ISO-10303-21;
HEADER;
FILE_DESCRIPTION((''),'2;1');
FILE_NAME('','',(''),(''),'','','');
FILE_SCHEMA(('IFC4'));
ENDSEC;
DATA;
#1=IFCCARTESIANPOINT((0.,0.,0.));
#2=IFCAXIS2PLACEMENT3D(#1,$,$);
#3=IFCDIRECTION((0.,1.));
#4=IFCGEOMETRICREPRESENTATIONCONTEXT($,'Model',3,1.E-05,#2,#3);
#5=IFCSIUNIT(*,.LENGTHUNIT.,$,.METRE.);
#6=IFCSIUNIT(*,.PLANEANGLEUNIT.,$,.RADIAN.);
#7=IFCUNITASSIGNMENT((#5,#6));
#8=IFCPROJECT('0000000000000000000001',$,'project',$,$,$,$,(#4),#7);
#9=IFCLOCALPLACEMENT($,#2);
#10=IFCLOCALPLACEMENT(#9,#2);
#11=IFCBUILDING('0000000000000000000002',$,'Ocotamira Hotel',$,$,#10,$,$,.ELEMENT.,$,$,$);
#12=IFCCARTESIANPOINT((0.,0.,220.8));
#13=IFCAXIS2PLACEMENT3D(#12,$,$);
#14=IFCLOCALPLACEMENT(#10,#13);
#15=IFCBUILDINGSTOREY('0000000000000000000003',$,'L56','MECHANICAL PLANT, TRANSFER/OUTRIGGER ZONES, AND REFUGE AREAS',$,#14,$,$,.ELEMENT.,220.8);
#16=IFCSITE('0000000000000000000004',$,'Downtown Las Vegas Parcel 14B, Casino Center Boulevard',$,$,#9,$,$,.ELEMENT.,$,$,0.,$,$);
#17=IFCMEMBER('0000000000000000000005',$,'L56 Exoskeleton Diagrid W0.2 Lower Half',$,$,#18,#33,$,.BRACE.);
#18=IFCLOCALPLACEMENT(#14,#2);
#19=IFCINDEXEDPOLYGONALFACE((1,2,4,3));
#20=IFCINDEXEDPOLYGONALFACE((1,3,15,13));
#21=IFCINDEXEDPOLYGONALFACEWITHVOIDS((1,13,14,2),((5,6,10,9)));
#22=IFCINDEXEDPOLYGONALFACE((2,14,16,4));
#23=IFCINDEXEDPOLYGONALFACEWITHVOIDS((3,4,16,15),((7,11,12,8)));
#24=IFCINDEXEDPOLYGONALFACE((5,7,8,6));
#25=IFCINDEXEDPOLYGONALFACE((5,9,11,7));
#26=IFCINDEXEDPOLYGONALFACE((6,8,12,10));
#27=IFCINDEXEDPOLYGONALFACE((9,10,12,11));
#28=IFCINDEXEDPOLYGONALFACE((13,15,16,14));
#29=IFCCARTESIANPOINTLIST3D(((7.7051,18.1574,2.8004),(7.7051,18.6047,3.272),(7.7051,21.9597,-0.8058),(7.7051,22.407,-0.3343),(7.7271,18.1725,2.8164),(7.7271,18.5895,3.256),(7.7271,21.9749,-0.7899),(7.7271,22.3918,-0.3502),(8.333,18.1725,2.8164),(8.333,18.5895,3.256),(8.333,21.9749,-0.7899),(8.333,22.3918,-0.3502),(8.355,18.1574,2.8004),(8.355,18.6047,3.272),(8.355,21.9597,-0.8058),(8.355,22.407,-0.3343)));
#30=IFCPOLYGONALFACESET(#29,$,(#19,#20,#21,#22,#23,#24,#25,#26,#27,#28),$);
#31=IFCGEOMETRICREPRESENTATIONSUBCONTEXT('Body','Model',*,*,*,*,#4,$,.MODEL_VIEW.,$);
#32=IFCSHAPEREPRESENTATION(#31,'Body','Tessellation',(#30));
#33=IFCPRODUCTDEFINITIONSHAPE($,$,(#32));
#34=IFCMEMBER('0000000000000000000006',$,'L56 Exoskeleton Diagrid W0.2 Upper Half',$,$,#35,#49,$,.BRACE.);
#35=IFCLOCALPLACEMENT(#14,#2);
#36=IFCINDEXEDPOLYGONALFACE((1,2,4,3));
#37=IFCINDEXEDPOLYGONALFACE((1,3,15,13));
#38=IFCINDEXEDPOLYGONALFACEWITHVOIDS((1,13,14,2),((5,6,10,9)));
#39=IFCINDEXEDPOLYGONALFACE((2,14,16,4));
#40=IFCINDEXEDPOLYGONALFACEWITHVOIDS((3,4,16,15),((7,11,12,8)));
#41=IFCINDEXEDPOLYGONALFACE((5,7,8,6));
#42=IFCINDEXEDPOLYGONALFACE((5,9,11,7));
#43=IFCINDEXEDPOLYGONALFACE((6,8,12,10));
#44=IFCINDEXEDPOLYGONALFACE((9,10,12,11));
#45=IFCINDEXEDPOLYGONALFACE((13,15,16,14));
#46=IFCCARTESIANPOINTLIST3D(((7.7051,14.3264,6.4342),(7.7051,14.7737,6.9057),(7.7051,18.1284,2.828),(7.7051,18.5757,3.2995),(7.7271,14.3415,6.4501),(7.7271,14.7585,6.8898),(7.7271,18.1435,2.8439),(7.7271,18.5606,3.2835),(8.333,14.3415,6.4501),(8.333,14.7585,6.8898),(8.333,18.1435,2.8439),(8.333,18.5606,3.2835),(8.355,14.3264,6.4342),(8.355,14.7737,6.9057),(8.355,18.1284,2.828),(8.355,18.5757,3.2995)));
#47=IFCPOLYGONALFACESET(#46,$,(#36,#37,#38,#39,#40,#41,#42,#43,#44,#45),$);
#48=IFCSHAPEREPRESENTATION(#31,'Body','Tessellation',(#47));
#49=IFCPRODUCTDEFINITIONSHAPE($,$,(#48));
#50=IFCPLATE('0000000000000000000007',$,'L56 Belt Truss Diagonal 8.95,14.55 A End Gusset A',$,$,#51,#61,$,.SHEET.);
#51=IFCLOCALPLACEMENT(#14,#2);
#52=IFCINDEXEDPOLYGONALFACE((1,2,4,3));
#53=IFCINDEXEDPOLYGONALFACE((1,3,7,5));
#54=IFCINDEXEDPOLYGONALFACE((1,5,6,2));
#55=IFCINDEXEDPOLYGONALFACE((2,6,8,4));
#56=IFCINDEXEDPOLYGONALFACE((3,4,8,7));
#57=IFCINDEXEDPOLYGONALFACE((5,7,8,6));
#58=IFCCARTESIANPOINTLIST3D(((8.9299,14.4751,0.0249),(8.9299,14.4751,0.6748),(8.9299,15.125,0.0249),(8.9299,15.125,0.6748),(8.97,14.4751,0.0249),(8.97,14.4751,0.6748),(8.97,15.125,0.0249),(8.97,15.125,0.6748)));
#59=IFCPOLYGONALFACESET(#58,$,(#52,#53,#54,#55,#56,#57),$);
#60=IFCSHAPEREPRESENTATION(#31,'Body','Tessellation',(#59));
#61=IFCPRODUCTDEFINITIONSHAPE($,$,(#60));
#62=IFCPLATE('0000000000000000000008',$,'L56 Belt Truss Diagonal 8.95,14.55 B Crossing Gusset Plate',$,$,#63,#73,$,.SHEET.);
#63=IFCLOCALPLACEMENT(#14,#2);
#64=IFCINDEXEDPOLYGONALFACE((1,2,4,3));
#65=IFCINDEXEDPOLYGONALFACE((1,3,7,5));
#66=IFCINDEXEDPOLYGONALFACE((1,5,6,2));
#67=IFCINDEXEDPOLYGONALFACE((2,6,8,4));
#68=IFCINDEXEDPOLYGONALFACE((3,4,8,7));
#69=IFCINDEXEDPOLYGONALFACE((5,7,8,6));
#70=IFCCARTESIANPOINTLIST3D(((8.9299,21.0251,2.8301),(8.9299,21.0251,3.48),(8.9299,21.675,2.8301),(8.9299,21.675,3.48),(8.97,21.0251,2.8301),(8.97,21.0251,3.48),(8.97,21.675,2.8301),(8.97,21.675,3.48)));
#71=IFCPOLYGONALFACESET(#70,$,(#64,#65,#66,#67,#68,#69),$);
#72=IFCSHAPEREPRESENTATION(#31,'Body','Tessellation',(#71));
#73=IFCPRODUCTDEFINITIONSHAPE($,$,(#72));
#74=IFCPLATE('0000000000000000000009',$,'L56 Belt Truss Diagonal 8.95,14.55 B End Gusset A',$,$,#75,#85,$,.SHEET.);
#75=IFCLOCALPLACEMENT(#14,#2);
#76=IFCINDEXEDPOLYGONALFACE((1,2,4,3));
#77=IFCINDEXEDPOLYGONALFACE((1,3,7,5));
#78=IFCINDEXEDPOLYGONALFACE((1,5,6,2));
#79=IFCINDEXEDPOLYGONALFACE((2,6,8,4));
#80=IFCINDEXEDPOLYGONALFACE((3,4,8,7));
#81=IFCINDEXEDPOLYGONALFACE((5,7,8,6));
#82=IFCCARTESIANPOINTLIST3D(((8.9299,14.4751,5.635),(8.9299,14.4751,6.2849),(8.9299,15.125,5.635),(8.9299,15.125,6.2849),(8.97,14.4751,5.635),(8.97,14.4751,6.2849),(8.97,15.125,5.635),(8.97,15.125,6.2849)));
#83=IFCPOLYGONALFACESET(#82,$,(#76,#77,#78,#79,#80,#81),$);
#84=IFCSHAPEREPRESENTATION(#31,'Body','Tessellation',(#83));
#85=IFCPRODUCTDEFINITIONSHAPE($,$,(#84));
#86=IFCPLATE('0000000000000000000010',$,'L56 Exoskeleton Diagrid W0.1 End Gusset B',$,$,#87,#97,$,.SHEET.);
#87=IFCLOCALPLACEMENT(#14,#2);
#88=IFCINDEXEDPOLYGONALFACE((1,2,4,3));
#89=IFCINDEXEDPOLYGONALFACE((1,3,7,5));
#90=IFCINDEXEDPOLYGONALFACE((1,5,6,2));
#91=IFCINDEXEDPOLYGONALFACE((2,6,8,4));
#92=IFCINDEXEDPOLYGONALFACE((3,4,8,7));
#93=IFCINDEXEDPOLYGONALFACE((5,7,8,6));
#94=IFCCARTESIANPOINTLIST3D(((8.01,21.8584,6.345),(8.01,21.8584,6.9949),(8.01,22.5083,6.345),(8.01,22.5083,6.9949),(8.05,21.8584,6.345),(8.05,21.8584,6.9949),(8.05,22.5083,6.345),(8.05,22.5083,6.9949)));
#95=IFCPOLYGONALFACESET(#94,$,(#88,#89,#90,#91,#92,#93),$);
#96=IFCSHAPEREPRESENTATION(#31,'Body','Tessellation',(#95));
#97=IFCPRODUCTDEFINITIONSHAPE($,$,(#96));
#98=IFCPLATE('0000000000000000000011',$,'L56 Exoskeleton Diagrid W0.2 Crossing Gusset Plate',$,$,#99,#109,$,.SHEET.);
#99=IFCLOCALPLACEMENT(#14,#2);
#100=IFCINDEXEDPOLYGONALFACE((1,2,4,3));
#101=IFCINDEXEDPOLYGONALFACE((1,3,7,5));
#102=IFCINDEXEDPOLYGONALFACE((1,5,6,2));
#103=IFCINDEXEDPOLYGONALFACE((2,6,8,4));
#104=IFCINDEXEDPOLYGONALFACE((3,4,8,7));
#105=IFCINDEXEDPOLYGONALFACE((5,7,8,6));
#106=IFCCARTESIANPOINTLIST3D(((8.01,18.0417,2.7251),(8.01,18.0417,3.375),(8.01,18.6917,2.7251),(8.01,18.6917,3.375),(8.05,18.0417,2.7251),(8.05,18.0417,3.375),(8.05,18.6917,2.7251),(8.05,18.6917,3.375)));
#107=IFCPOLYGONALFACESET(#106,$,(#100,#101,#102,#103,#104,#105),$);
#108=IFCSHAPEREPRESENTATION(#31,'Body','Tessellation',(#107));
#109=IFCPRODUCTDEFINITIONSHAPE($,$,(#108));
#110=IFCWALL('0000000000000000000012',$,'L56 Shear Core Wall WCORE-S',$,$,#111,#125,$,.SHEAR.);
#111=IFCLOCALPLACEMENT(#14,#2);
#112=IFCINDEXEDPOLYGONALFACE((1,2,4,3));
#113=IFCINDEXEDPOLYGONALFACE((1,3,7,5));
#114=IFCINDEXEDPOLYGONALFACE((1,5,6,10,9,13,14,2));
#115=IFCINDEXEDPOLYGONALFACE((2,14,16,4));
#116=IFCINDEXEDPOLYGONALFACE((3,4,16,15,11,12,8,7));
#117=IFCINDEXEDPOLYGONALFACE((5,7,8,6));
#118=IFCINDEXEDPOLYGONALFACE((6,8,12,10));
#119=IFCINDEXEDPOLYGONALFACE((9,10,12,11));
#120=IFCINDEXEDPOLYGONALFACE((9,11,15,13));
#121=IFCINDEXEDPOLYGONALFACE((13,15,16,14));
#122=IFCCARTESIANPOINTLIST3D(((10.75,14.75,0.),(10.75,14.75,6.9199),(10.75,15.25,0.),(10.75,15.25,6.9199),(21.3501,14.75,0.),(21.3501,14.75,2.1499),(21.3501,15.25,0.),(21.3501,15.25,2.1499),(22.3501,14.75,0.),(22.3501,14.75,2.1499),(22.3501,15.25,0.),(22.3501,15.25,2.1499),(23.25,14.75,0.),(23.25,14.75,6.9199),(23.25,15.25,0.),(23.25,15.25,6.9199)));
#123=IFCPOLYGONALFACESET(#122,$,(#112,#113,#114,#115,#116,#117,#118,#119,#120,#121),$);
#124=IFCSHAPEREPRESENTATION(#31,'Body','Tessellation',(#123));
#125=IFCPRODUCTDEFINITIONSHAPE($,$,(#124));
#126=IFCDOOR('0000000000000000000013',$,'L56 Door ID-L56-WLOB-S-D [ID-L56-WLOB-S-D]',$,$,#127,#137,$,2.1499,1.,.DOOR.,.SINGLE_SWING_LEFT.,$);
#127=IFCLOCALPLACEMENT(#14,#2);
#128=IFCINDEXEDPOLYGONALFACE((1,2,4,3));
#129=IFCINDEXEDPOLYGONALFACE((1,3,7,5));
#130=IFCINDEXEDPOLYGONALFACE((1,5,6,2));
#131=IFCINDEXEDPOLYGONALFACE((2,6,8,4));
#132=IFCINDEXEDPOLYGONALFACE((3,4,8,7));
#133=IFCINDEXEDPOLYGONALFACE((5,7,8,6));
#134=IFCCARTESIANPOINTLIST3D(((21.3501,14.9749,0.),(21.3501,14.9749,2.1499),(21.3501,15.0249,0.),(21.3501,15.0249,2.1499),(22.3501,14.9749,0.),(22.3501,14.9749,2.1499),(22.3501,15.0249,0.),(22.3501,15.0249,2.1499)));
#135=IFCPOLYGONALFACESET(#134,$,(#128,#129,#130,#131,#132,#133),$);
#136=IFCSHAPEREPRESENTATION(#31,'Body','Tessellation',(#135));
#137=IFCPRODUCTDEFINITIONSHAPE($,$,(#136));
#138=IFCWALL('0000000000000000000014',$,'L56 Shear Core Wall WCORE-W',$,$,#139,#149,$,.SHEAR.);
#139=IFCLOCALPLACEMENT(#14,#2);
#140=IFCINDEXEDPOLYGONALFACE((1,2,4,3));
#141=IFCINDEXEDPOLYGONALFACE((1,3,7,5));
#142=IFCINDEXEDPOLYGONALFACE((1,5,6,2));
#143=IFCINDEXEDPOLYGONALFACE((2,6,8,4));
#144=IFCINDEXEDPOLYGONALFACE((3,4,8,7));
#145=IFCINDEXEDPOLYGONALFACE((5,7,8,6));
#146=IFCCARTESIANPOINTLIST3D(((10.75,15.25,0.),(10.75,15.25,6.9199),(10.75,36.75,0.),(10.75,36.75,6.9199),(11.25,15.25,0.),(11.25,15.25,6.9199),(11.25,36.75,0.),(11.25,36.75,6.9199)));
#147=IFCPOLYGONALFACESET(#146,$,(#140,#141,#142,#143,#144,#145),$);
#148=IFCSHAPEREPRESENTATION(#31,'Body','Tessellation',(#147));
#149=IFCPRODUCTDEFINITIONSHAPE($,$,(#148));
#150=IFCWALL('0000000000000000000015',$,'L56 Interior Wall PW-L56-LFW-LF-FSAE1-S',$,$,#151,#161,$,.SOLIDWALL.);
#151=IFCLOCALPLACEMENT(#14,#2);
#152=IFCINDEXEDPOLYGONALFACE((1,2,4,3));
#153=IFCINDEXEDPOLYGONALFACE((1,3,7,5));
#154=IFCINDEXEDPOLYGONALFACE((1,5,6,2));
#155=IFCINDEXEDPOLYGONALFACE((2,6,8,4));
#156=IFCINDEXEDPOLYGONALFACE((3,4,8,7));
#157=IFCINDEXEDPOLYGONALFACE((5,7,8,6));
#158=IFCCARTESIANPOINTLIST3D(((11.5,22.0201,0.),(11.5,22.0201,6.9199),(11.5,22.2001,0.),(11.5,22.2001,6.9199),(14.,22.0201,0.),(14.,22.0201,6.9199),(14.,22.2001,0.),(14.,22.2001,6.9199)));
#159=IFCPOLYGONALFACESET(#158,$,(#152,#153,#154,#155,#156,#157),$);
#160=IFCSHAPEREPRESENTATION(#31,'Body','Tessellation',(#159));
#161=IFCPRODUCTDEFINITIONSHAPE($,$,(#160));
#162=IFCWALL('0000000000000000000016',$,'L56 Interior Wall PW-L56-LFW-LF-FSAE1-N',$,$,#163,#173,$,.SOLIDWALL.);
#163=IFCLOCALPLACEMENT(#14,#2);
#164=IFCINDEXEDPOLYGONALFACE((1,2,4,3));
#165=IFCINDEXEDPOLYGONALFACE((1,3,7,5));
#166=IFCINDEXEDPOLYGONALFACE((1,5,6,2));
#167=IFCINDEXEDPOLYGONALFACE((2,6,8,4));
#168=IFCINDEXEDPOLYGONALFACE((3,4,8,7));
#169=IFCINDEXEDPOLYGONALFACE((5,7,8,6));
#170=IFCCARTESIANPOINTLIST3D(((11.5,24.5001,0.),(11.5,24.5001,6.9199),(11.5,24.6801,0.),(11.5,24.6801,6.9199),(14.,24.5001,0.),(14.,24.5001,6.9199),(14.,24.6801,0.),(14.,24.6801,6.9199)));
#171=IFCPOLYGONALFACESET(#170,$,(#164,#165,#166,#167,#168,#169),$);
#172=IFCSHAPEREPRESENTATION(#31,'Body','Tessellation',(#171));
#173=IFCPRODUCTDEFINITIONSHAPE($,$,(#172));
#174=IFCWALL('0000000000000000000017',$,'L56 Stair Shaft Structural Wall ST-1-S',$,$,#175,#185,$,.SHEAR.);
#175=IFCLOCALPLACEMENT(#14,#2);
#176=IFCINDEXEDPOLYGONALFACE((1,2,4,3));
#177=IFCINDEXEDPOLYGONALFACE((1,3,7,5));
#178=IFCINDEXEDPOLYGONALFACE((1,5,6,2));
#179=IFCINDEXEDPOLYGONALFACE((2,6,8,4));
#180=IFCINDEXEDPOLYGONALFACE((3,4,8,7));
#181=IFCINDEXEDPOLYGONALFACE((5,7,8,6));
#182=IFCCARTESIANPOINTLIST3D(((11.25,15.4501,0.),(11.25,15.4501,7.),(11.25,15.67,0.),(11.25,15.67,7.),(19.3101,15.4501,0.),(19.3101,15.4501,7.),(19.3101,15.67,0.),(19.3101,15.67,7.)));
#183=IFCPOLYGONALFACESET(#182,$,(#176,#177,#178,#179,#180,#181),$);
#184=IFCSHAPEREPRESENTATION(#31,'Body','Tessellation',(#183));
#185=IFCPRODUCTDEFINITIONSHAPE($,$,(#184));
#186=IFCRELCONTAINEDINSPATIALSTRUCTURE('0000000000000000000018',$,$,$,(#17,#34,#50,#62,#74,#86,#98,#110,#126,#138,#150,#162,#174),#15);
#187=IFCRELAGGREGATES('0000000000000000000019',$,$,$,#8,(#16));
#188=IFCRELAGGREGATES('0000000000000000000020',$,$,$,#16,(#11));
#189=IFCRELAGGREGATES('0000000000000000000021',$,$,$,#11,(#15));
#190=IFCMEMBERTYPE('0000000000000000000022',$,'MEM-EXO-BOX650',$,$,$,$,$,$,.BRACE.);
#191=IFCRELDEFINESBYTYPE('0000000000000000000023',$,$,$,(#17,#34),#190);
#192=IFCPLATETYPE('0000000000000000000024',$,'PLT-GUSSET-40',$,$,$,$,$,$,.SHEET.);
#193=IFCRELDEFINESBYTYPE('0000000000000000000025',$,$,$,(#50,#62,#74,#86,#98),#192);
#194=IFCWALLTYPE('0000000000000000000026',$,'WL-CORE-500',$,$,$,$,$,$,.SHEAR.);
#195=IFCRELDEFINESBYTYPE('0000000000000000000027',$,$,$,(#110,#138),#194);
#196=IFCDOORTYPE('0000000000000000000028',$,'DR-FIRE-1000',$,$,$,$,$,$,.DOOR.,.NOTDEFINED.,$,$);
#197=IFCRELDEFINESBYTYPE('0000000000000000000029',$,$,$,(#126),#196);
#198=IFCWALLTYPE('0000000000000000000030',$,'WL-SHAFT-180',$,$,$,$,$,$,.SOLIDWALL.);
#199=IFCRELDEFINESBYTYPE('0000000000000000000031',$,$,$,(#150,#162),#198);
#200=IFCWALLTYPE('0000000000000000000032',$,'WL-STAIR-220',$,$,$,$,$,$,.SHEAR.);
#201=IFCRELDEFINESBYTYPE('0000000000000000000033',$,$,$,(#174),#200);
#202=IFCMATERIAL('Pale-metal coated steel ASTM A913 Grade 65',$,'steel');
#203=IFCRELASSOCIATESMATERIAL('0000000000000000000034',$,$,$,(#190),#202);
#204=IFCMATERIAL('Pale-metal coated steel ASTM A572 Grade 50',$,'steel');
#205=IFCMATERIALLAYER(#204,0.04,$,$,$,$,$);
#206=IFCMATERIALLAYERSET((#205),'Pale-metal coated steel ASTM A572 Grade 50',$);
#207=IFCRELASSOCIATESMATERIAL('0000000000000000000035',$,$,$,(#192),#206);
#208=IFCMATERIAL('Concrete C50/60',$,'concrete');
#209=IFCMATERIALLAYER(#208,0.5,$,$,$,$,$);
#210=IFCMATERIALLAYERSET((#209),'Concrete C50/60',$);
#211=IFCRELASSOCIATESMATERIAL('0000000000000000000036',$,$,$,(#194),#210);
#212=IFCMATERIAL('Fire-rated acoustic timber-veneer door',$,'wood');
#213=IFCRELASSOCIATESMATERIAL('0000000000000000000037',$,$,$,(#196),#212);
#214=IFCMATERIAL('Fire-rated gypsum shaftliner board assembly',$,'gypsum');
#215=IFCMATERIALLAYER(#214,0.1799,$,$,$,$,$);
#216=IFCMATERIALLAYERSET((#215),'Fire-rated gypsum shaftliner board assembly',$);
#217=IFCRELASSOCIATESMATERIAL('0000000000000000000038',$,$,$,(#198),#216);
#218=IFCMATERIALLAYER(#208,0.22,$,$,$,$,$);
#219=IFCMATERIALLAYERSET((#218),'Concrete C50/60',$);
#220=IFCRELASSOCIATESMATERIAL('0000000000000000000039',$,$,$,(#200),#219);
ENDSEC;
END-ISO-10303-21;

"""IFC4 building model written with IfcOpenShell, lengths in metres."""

from ifc_helpers import new_model, si_unit, direction, frame, frame_2d, origin, origin_2d, place, context, subcontext, project, spatial, rectangle, hollow_rectangle, extrude, source, transform, mapped, material, layer, layer_set, material_profile, profile_set, type_object, element, fill, save


model = new_model("IFC4")

# Units and contexts
model_context = context("Model", 3, precision=1e-05, world=origin(), true_north=direction((0.0, 1.0)))
body_context = subcontext(model_context, "Body", "Model", "MODEL_VIEW")
ifc_project = project(units=[si_unit("LENGTHUNIT", "METRE"), si_unit("PLANEANGLEUNIT", "RADIAN")], contexts=[model_context])

# Site, building, storey
site_placement = place(None, origin())
site = spatial("IfcSite", under=ifc_project, at=site_placement, Name="Downtown Las Vegas Parcel 14B, Casino Center Boulevard", CompositionType="ELEMENT", RefElevation=0.0)
building_placement = place(site_placement, origin())
building = spatial("IfcBuilding", under=site, at=building_placement, Name="Ocotamira Hotel", CompositionType="ELEMENT")
storey_placement = place(building_placement, frame((0.0, 0.0, 220.8)))
storey = spatial("IfcBuildingStorey", under=building, at=storey_placement, Name="L56", Description="MECHANICAL PLANT, TRANSFER/OUTRIGGER ZONES, AND REFUGE AREAS", CompositionType="ELEMENT", Elevation=220.8)

# Shared definitions
ifc_material_1 = material(Name="Concrete C50/60", Category="concrete")

# Members
ifc_material_2 = material(Name="Pale-metal coated steel ASTM A913 Grade 65", Category="steel")
ifc_material_profile_1 = material_profile(ifc_material_2, hollow_rectangle(XDim=0.6499, YDim=0.6499, WallThickness=0.022, at=origin_2d()), Name="BOX650X650X22")
ifc_profile_set_1 = profile_set([ifc_material_profile_1], Name="Pale-metal coated steel ASTM A913 Grade 65")
member_type_1 = type_object("IfcMemberType", Name="MEM-EXO-BOX650", PredefinedType="BRACE", material=ifc_profile_set_1)
shared_shape_1 = source(origin(), body_context, "Body", "SweptSolid", [
    extrude(hollow_rectangle(XDim=0.6499, YDim=0.6499, WallThickness=0.022, at=origin_2d()), origin(), (0.0, 0.0, 1.0), 5.2405),
])
member_1_placement = place(storey_placement, frame((8.03, 22.1833, -0.5701), z_axis=(0.0, -0.725564, 0.688154), x_axis=(1.0, 0.0, 0.0)))
element("IfcMember", 1, at=member_1_placement, inside=storey, type_object=member_type_1, Name="L56 Exoskeleton Diagrid W0.2 Lower Half", PredefinedType="BRACE", context=body_context, shape_type="MappedRepresentation", body=[
    mapped(shared_shape_1, transform((0.0, 0.0, 0.0), scale=1.0)),
])
shared_shape_2 = source(origin(), body_context, "Body", "SweptSolid", [
    extrude(hollow_rectangle(XDim=0.6499, YDim=0.6499, WallThickness=0.022, at=origin_2d()), origin(), (0.0, 0.0, 1.0), 5.2402),
])
member_2_placement = place(storey_placement, frame((8.03, 18.3521, 3.0637), z_axis=(0.0, -0.725542, 0.688177), x_axis=(1.0, 0.0, 0.0)))
element("IfcMember", 2, at=member_2_placement, inside=storey, type_object=member_type_1, Name="L56 Exoskeleton Diagrid W0.2 Upper Half", PredefinedType="BRACE", context=body_context, shape_type="MappedRepresentation", body=[
    mapped(shared_shape_2, transform((0.0, 0.0, 0.0), scale=1.0)),
])

# Plates
ifc_material_3 = material(Name="Pale-metal coated steel ASTM A572 Grade 50", Category="steel")
ifc_layer_1 = layer(ifc_material_3, 0.04)
ifc_layer_set_1 = layer_set([ifc_layer_1], Name="Pale-metal coated steel ASTM A572 Grade 50")
plate_type = type_object("IfcPlateType", Name="PLT-GUSSET-40", PredefinedType="SHEET", material=ifc_layer_set_1)
shared_shape_3 = source(origin(), body_context, "Body", "SweptSolid", [
    extrude(rectangle(XDim=0.04, YDim=0.6499, at=origin_2d()), origin(), (0.0, 0.0, 1.0), 0.6499),
])
for number, where, z_axis, x_axis, name in (
    (3, (8.95, 14.8, 0.0249), (0.0, 0.0, 1.0), (1.0, 0.0, 0.0), "L56 Belt Truss Diagonal 8.95,14.55 A End Gusset A"),
    (4, (8.95, 21.3501, 2.8301), (0.0, 0.0, 1.0), (1.0, 0.0, 0.0), "L56 Belt Truss Diagonal 8.95,14.55 B Crossing Gusset Plate"),
    (5, (8.95, 14.8, 5.635), (0.0, 0.0, 1.0), (1.0, 0.0, 0.0), "L56 Belt Truss Diagonal 8.95,14.55 B End Gusset A"),
    (6, (8.03, 22.1833, 6.345), (0.0, 0.0, 1.0), (1.0, 0.0, 0.0), "L56 Exoskeleton Diagrid W0.1 End Gusset B"),
    (7, (8.03, 18.3667, 2.7251), (0.0, 0.0, 1.0), (1.0, 0.0, 0.0), "L56 Exoskeleton Diagrid W0.2 Crossing Gusset Plate"),
):
    element("IfcPlate", number, at=place(storey_placement, frame(where, z_axis=z_axis, x_axis=x_axis)), inside=storey, type_object=plate_type, Name=name, PredefinedType="SHEET", context=body_context, shape_type="MappedRepresentation", body=[
        mapped(shared_shape_3, transform((0.0, 0.0, 0.0), scale=1.0)),
    ])

# Wall, opening, door
ifc_layer_2 = layer(ifc_material_1, 0.5)
ifc_layer_set_2 = layer_set([ifc_layer_2], Name="Concrete C50/60")
wall_type_1 = type_object("IfcWallType", Name="WL-CORE-500", PredefinedType="SHEAR", material=ifc_layer_set_2)
wall_1_placement = place(storey_placement, frame((10.75, 15.0, 0.0), z_axis=(0.0, 0.0, 1.0), x_axis=(1.0, 0.0, 0.0)))
wall_1 = element("IfcWall", 8, at=wall_1_placement, inside=storey, type_object=wall_type_1, Name="L56 Shear Core Wall WCORE-S", PredefinedType="SHEAR", context=body_context, shape_type="SweptSolid", body=[
    extrude(rectangle(XDim=12.5, YDim=0.5, at=frame_2d((6.25, 0.0))), origin(), (0.0, 0.0, 1.0), 6.9199),
])
opening_1_placement = place(wall_1_placement, frame((10.6001, 0.0, 0.0)))
opening_1 = element("IfcOpeningElement", 9, at=opening_1_placement, cuts=wall_1, PredefinedType="OPENING", context=body_context, shape_type="SweptSolid", body=[
    extrude(rectangle(XDim=1.0, YDim=2.1499, at=frame_2d((0.5, 1.075))), frame((0.0, 0.26, 0.0), z_axis=(0.0, -1.0, 0.0), x_axis=(1.0, 0.0, 0.0)), (0.0, 0.0, 1.0), 0.52),
])
ifc_material_4 = material(Name="Fire-rated acoustic timber-veneer door", Category="wood")
door_type_1 = type_object("IfcDoorType", Name="DR-FIRE-1000", OperationType="NOTDEFINED", PredefinedType="DOOR", material=ifc_material_4)
shared_shape_4 = source(origin(), body_context, "Body", "SweptSolid", [
    extrude(rectangle(XDim=1.0, YDim=2.1499, at=frame_2d((0.5, 1.075))), frame((0.0, 0.0249, 0.0), z_axis=(0.0, -1.0, 0.0), x_axis=(1.0, 0.0, 0.0)), (0.0, 0.0, 1.0), 0.05),
])
door_1_placement = place(opening_1_placement, origin())
door_1 = element("IfcDoor", 10, at=door_1_placement, inside=storey, type_object=door_type_1, Name="L56 Door ID-L56-WLOB-S-D [ID-L56-WLOB-S-D]", OperationType="SINGLE_SWING_LEFT", OverallHeight=2.1499, OverallWidth=1.0, PredefinedType="DOOR", context=body_context, shape_type="MappedRepresentation", body=[
    mapped(shared_shape_4, transform((0.0, 0.0, 0.0), scale=1.0)),
])
fill(opening_1, door_1)

# Walls
wall_2_placement = place(storey_placement, frame((11.0, 15.25, 0.0), z_axis=(0.0, 0.0, 1.0), x_axis=(0.0, 1.0, 0.0)))
element("IfcWall", 11, at=wall_2_placement, inside=storey, type_object=wall_type_1, Name="L56 Shear Core Wall WCORE-W", PredefinedType="SHEAR", context=body_context, shape_type="SweptSolid", body=[
    extrude(rectangle(XDim=21.5, YDim=0.5, at=frame_2d((10.75, 0.0))), origin(), (0.0, 0.0, 1.0), 6.9199),
])
ifc_material_5 = material(Name="Fire-rated gypsum shaftliner board assembly", Category="gypsum")
ifc_layer_3 = layer(ifc_material_5, 0.1799)
ifc_layer_set_3 = layer_set([ifc_layer_3], Name="Fire-rated gypsum shaftliner board assembly")
wall_type_2 = type_object("IfcWallType", Name="WL-SHAFT-180", PredefinedType="SOLIDWALL", material=ifc_layer_set_3)
for number, where, z_axis, x_axis, name in (
    (12, (11.5, 22.1101, 0.0), (0.0, 0.0, 1.0), (1.0, 0.0, 0.0), "L56 Interior Wall PW-L56-LFW-LF-FSAE1-S"),
    (13, (11.5, 24.5901, 0.0), (0.0, 0.0, 1.0), (1.0, 0.0, 0.0), "L56 Interior Wall PW-L56-LFW-LF-FSAE1-N"),
):
    element("IfcWall", number, at=place(storey_placement, frame(where, z_axis=z_axis, x_axis=x_axis)), inside=storey, type_object=wall_type_2, Name=name, PredefinedType="SOLIDWALL", context=body_context, shape_type="SweptSolid", body=[
        extrude(rectangle(XDim=2.5, YDim=0.1799, at=frame_2d((1.25, 0.0))), origin(), (0.0, 0.0, 1.0), 6.9199),
    ])
ifc_layer_4 = layer(ifc_material_1, 0.22)
ifc_layer_set_4 = layer_set([ifc_layer_4], Name="Concrete C50/60")
wall_type_3 = type_object("IfcWallType", Name="WL-STAIR-220", PredefinedType="SHEAR", material=ifc_layer_set_4)
wall_3_placement = place(storey_placement, frame((11.25, 15.5601, 0.0), z_axis=(0.0, 0.0, 1.0), x_axis=(1.0, 0.0, 0.0)))
element("IfcWall", 14, at=wall_3_placement, inside=storey, type_object=wall_type_3, Name="L56 Stair Shaft Structural Wall ST-1-S", PredefinedType="SHEAR", context=body_context, shape_type="SweptSolid", body=[
    extrude(rectangle(XDim=8.0601, YDim=0.22, at=frame_2d((4.03, 0.0))), origin(), (0.0, 0.0, 1.0), 7.0),
])

save(model, "model.ifc")
